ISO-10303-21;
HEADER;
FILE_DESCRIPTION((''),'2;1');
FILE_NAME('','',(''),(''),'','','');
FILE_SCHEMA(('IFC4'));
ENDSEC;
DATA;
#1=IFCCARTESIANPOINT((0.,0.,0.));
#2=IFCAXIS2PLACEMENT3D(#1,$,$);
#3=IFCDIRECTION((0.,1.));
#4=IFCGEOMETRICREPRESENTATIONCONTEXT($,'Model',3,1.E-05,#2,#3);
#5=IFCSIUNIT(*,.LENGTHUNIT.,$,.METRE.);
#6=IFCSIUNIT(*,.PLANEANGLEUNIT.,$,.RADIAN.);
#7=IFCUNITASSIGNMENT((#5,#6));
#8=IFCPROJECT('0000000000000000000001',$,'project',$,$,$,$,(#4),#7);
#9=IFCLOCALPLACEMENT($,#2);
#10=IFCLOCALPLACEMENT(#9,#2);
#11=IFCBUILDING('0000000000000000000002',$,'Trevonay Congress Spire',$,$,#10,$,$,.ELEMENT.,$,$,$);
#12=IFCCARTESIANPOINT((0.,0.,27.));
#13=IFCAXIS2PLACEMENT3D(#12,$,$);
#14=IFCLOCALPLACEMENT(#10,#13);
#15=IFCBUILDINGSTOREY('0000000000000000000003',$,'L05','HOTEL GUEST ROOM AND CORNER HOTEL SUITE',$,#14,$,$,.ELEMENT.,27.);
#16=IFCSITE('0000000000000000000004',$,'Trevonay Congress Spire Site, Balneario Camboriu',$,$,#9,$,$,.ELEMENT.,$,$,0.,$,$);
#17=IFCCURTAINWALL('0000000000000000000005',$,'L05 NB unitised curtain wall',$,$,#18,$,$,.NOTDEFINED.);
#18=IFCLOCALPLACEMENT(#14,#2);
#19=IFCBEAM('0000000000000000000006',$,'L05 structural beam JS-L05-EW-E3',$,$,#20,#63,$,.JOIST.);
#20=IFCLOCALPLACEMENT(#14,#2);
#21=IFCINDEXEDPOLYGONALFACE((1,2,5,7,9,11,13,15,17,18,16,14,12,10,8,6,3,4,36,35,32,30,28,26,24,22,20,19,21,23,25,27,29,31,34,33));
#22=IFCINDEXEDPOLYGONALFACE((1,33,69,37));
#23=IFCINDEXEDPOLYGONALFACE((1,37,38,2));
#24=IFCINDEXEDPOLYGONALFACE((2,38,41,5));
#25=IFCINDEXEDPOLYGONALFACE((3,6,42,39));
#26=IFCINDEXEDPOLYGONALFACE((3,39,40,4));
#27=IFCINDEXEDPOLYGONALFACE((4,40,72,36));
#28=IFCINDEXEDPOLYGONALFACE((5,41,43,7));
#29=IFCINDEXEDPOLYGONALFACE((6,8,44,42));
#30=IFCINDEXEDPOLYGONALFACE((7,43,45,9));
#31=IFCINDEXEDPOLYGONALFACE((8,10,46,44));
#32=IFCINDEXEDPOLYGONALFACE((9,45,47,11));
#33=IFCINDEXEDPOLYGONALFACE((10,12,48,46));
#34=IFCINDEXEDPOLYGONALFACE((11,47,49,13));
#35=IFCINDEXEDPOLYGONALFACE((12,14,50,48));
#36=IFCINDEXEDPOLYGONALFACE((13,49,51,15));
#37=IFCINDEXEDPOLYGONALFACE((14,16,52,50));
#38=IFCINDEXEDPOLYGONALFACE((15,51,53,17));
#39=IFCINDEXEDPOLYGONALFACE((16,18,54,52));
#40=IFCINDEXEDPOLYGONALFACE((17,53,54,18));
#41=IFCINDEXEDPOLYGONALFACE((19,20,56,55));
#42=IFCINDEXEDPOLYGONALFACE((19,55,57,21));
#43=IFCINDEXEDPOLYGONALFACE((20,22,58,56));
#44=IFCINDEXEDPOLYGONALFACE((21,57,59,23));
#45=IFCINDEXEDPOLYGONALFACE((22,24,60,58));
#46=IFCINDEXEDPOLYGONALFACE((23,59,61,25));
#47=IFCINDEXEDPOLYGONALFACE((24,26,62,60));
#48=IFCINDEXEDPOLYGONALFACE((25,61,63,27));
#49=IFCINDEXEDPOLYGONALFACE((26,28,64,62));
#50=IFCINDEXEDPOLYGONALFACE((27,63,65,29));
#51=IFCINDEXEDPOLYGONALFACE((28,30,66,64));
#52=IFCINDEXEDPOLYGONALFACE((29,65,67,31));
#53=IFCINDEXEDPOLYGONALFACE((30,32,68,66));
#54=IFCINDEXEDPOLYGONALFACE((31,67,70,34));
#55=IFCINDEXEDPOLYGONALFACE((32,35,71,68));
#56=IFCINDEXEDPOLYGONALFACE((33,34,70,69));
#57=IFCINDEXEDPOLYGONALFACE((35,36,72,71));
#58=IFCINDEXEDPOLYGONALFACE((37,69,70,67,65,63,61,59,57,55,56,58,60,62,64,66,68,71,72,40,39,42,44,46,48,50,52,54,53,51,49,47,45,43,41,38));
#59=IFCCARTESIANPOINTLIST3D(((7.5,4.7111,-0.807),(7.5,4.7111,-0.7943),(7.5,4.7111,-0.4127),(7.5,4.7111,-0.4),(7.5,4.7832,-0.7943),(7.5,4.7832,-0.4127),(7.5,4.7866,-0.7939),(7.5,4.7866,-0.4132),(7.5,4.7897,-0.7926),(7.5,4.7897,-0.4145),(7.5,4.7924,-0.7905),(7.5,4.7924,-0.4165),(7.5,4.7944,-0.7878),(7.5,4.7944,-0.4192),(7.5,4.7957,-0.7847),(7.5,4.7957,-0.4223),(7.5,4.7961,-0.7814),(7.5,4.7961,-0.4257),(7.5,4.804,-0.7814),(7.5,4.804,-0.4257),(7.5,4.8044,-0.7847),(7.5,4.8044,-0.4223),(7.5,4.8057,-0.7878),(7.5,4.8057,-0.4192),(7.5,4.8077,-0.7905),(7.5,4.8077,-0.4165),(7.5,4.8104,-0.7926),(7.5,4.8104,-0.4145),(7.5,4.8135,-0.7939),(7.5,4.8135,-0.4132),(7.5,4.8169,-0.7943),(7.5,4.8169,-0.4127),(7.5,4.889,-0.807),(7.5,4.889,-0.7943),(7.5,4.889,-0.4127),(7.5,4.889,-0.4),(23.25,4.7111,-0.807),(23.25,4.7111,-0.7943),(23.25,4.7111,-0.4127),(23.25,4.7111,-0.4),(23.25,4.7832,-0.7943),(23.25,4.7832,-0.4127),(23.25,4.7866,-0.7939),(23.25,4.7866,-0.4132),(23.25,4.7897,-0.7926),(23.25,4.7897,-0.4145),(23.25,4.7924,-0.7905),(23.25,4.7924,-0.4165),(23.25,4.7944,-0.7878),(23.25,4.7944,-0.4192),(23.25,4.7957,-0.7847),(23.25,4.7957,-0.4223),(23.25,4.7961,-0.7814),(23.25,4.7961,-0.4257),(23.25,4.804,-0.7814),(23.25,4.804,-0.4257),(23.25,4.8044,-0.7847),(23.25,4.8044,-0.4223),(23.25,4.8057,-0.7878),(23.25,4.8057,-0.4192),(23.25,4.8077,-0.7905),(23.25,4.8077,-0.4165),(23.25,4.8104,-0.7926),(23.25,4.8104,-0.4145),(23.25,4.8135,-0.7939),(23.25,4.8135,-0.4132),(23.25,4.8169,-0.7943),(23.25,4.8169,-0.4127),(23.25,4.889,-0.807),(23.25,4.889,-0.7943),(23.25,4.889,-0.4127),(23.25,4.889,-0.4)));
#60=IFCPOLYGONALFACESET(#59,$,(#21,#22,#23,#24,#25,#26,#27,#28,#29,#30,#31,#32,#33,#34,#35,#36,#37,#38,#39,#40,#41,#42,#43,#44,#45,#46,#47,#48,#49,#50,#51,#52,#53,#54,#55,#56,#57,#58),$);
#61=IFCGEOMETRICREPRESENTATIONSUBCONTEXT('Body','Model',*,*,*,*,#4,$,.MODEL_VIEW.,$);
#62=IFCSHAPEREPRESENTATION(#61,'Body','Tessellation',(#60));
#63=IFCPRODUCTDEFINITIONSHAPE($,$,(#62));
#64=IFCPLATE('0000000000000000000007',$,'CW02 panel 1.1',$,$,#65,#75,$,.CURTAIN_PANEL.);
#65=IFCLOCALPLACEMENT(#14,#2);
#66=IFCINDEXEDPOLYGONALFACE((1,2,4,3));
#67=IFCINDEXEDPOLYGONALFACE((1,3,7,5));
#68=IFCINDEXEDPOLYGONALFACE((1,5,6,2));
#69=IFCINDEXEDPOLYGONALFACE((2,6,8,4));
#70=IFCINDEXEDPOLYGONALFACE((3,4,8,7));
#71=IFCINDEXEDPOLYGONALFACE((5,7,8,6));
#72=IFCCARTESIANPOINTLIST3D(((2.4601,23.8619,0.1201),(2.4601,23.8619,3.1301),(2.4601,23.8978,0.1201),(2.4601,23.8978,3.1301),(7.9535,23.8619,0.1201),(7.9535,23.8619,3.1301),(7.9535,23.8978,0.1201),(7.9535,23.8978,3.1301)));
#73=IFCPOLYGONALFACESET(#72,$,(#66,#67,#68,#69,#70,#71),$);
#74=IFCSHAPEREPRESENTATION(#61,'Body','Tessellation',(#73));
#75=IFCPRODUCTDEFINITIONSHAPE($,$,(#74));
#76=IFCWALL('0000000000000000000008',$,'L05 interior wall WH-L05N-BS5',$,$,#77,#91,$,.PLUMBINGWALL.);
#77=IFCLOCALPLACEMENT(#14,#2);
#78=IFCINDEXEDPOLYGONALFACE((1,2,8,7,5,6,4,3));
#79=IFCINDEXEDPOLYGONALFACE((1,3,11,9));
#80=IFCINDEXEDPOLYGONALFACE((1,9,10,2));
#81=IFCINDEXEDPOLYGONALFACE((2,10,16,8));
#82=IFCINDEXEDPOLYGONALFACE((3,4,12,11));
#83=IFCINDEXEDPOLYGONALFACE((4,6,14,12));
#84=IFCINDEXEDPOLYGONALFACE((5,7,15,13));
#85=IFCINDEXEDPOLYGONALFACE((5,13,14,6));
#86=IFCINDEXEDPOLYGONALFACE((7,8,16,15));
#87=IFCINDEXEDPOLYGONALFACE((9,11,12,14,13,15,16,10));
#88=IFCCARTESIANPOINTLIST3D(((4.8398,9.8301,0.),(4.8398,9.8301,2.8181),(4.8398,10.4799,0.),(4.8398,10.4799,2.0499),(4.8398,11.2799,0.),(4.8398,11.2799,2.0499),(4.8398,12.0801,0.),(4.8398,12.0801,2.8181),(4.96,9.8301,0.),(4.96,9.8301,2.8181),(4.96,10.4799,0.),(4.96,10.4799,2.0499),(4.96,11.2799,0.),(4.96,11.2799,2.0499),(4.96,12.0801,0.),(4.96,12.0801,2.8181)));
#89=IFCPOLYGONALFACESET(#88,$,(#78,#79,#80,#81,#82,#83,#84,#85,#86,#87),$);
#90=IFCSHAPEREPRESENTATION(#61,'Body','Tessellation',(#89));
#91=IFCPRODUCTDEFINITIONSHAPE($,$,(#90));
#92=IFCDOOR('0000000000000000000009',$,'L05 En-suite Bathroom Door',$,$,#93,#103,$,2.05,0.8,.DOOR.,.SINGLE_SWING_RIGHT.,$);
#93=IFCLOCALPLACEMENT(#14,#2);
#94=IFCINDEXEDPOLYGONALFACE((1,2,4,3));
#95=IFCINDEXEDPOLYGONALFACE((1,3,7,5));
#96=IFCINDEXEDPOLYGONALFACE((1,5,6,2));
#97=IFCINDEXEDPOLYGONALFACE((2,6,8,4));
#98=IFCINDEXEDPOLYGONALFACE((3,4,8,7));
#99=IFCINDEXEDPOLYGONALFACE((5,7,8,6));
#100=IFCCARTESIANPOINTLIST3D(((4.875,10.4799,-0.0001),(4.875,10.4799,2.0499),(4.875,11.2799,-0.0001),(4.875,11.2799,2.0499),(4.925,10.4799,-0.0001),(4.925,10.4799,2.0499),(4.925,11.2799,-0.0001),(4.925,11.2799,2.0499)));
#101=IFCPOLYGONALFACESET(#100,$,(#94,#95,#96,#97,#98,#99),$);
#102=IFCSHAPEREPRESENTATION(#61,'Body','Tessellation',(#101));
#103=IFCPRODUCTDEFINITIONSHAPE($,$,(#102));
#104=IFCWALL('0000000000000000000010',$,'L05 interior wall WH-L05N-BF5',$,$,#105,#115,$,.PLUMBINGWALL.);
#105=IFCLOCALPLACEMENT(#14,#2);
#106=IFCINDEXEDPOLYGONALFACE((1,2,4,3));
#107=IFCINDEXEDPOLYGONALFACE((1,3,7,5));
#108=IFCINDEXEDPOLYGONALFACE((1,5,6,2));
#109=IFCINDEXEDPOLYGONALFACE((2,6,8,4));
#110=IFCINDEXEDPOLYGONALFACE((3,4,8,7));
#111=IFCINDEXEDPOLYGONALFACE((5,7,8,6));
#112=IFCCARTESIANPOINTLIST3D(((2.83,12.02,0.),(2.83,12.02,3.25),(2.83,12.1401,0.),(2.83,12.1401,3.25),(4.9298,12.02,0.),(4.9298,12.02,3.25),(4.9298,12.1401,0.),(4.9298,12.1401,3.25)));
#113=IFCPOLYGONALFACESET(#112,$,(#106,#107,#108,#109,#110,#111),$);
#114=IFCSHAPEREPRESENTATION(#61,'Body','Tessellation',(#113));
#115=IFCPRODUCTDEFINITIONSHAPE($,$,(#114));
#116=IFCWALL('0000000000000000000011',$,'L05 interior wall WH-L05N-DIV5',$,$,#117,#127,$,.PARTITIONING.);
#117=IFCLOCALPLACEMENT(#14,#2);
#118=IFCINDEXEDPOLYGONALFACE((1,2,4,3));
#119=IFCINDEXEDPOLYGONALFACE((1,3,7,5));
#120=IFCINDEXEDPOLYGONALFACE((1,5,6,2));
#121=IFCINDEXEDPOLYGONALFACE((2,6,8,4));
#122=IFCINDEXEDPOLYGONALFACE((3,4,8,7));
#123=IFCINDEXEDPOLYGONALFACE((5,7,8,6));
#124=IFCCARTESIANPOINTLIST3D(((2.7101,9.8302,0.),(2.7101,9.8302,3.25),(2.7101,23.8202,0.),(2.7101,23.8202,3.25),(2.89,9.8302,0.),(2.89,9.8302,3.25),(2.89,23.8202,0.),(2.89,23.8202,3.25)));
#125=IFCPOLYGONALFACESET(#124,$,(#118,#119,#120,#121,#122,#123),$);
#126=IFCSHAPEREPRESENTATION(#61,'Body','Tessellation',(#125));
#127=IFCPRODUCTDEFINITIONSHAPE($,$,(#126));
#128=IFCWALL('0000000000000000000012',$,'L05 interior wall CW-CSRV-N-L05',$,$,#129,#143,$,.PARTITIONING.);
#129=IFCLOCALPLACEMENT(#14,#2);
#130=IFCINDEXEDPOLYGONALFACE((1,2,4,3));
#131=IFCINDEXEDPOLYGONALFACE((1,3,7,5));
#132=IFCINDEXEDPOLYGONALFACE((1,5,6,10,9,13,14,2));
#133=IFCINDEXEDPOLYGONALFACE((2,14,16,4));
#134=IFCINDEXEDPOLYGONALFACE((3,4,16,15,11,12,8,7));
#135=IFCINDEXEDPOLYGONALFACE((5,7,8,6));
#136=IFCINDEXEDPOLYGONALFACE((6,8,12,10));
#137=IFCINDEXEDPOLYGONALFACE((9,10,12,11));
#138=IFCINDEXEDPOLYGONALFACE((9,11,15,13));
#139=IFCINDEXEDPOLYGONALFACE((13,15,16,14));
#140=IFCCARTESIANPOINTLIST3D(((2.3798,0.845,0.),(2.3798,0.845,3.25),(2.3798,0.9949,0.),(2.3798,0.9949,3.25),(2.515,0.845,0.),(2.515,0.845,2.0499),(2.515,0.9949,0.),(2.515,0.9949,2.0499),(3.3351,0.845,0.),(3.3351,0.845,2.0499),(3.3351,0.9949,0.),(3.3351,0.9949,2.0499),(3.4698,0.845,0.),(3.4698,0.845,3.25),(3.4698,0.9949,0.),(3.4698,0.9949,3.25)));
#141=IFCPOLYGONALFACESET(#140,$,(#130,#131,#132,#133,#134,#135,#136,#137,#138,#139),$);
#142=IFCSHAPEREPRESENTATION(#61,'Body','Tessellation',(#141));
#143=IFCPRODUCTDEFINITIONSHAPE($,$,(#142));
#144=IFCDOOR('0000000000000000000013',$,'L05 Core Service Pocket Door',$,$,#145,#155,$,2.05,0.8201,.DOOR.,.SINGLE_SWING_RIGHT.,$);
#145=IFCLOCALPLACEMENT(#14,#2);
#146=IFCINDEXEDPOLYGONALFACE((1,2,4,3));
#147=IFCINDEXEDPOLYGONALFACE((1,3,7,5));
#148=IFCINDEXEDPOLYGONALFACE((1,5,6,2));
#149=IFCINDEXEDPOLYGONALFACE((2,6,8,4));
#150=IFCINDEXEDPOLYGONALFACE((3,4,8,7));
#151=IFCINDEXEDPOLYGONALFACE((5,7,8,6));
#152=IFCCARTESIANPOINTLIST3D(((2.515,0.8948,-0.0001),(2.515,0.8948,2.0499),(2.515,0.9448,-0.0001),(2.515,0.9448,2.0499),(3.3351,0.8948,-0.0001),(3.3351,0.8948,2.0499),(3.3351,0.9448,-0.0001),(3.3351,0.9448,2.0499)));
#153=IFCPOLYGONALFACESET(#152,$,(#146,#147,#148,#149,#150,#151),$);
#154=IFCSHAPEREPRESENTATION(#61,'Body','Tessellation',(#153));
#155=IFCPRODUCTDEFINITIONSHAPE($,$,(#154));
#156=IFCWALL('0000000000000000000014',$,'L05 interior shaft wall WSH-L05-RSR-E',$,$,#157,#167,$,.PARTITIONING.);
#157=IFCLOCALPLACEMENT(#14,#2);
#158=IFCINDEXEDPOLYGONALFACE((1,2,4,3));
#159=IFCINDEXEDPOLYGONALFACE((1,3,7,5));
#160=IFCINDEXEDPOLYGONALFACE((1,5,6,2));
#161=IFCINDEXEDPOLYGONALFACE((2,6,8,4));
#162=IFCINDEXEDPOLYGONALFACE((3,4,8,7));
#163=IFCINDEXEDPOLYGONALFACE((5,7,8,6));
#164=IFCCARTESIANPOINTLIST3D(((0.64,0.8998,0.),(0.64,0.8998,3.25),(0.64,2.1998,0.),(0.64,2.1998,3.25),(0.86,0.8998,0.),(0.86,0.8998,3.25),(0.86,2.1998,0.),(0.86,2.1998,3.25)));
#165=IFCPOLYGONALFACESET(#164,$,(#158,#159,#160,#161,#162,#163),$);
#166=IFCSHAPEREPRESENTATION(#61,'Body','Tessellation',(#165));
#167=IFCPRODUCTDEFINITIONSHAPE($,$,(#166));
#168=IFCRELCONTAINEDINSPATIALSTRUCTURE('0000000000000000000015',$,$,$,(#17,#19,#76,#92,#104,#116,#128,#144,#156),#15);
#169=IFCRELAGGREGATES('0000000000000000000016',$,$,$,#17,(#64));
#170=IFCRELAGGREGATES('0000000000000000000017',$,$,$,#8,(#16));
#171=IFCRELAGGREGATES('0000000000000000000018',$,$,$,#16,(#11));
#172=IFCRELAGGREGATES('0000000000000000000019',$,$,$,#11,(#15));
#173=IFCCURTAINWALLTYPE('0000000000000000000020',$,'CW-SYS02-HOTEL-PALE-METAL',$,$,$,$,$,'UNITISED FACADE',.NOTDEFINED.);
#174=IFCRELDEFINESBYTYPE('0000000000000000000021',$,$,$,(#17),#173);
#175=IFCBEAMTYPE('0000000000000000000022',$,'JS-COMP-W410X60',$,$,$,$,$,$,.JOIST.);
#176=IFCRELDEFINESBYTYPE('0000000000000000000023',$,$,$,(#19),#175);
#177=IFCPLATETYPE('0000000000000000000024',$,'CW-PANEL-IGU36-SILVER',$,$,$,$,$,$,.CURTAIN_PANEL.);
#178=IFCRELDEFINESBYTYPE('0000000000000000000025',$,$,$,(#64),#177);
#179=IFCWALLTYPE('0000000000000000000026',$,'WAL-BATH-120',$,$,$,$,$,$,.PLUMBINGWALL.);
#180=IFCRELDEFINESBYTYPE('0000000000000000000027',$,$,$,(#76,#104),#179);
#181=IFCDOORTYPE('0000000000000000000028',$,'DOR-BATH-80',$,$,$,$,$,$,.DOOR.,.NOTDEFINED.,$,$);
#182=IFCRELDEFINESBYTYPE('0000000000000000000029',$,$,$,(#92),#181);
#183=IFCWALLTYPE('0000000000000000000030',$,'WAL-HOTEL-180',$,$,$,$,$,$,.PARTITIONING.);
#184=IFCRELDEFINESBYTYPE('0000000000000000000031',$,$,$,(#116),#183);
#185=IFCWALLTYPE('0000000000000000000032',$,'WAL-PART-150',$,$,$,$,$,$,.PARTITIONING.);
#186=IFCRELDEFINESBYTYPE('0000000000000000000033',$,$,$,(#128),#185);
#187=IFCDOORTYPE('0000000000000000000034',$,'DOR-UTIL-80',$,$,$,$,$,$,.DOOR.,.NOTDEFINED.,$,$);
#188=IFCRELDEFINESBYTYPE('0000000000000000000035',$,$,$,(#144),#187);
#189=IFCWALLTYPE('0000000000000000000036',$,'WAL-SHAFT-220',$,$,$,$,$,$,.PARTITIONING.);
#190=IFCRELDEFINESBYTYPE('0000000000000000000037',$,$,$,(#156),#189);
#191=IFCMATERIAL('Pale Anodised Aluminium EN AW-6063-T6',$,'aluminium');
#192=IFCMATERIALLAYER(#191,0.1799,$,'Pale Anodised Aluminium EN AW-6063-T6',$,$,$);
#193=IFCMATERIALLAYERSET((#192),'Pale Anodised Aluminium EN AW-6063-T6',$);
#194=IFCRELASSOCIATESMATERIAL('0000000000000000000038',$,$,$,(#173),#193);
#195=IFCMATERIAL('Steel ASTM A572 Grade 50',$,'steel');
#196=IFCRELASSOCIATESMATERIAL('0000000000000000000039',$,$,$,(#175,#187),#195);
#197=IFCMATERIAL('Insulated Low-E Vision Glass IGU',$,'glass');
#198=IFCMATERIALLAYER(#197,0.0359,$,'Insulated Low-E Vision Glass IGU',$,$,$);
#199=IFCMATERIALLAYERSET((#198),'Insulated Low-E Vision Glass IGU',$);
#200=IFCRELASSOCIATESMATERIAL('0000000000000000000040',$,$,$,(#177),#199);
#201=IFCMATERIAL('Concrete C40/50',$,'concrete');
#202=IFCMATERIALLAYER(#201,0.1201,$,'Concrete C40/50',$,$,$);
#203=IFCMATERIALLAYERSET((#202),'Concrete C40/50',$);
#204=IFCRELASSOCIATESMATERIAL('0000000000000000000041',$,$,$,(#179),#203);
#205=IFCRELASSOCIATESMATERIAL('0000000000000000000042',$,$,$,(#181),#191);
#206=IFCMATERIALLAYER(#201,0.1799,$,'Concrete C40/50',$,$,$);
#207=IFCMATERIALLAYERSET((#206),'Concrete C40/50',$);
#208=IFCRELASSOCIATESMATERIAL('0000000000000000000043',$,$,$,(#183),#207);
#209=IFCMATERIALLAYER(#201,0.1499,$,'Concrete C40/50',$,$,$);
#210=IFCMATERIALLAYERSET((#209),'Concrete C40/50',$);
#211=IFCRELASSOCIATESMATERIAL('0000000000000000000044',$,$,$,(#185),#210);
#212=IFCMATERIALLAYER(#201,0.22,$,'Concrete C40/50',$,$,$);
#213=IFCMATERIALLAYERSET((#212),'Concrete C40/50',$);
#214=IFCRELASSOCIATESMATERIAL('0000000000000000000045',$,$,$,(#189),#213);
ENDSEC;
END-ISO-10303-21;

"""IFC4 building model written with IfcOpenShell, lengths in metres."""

from ifc_helpers import new_model, si_unit, direction, frame, frame_2d, origin, origin_2d, place, context, subcontext, project, spatial, rectangle, i_section, extrude, material, layer, layer_set, material_profile, profile_set, type_object, element, fill, aggregate, save


model = new_model("IFC4")

# Units and contexts
model_context = context("Model", 3, precision=1e-05, world=origin(), true_north=direction((0.0, 1.0)))
body_context = subcontext(model_context, "Body", "Model", "MODEL_VIEW")
ifc_project = project(units=[si_unit("LENGTHUNIT", "METRE"), si_unit("PLANEANGLEUNIT", "RADIAN")], contexts=[model_context])

# Site, building, storey
site_placement = place(None, origin())
site = spatial("IfcSite", under=ifc_project, at=site_placement, Name="Trevonay Congress Spire Site, Balneario Camboriu", CompositionType="ELEMENT", RefElevation=0.0)
building_placement = place(site_placement, origin())
building = spatial("IfcBuilding", under=site, at=building_placement, Name="Trevonay Congress Spire", CompositionType="ELEMENT")
storey_placement = place(building_placement, frame((0.0, 0.0, 27.0)))
storey = spatial("IfcBuildingStorey", under=building, at=storey_placement, Name="L05", Description="HOTEL GUEST ROOM AND CORNER HOTEL SUITE", CompositionType="ELEMENT", Elevation=27.0)

# Shared definitions
ifc_material_1 = material(Name="Steel ASTM A572 Grade 50", Category="steel")

# Curtain wall
ifc_material_2 = material(Name="Pale Anodised Aluminium EN AW-6063-T6", Category="aluminium")
ifc_layer_1 = layer(ifc_material_2, 0.1799, Name="Pale Anodised Aluminium EN AW-6063-T6")
ifc_layer_set_1 = layer_set([ifc_layer_1], Name="Pale Anodised Aluminium EN AW-6063-T6")
curtain_wall_type = type_object("IfcCurtainWallType", Name="CW-SYS02-HOTEL-PALE-METAL", ElementType="UNITISED FACADE", PredefinedType="NOTDEFINED", material=ifc_layer_set_1)
curtain_wall_placement = place(storey_placement, origin())
curtain_wall = element("IfcCurtainWall", 1, at=curtain_wall_placement, inside=storey, type_object=curtain_wall_type, Name="L05 NB unitised curtain wall", PredefinedType="NOTDEFINED")

# Beam
ifc_material_profile_1 = material_profile(ifc_material_1, i_section(OverallWidth=0.178, OverallDepth=0.407, WebThickness=0.0078, FlangeThickness=0.0127, FilletRadius=0.0129, at=origin_2d()), Name="W410x60")
ifc_profile_set_1 = profile_set([ifc_material_profile_1], Name="Steel ASTM A572 Grade 50")
beam_type_1 = type_object("IfcBeamType", Name="JS-COMP-W410X60", PredefinedType="JOIST", material=ifc_profile_set_1)
for number, where, z_axis, x_axis, name in (
    (2, (7.5, 4.8, -0.6035), (1.0, 0.0, 0.0), (0.0, 1.0, 0.0), "L05 structural beam JS-L05-EW-E3"),
):
    element("IfcBeam", number, at=place(storey_placement, frame(where, z_axis=z_axis, x_axis=x_axis)), inside=storey, type_object=beam_type_1, Name=name, PredefinedType="JOIST", context=body_context, shape_type="SweptSolid", body=[
        extrude(i_section(OverallWidth=0.178, OverallDepth=0.407, WebThickness=0.0078, FlangeThickness=0.0127, FilletRadius=0.0129, at=origin_2d()), origin(), (0.0, 0.0, 1.0), 15.75),
    ])

# Plate
ifc_material_3 = material(Name="Insulated Low-E Vision Glass IGU", Category="glass")
ifc_layer_2 = layer(ifc_material_3, 0.0359, Name="Insulated Low-E Vision Glass IGU")
ifc_layer_set_2 = layer_set([ifc_layer_2], Name="Insulated Low-E Vision Glass IGU")
plate_type = type_object("IfcPlateType", Name="CW-PANEL-IGU36-SILVER", PredefinedType="CURTAIN_PANEL", material=ifc_layer_set_2)
plate_placement = place(storey_placement, frame((5.2068, 23.8799, 0.1201), z_axis=(0.0, 0.0, 1.0), x_axis=(1.0, 0.0, 0.0)))
plate = element("IfcPlate", 3, at=plate_placement, type_object=plate_type, Name="CW02 panel 1.1", PredefinedType="CURTAIN_PANEL", context=body_context, shape_type="SweptSolid", body=[
    extrude(rectangle(XDim=5.4934, YDim=0.0359, at=origin_2d()), origin(), (0.0, 0.0, 1.0), 3.01),
])
aggregate(curtain_wall, [plate])

# Wall, opening, door
ifc_material_4 = material(Name="Concrete C40/50", Category="concrete")
ifc_layer_3 = layer(ifc_material_4, 0.1201, Name="Concrete C40/50")
ifc_layer_set_3 = layer_set([ifc_layer_3], Name="Concrete C40/50")
wall_type_1 = type_object("IfcWallType", Name="WAL-BATH-120", PredefinedType="PLUMBINGWALL", material=ifc_layer_set_3)
wall_1_placement = place(storey_placement, frame((4.8999, 9.8301, 0.0), z_axis=(0.0, 0.0, 1.0), x_axis=(0.0, 1.0, 0.0)))
wall_1 = element("IfcWall", 4, at=wall_1_placement, inside=storey, type_object=wall_type_1, Name="L05 interior wall WH-L05N-BS5", PredefinedType="PLUMBINGWALL", context=body_context, shape_type="SweptSolid", body=[
    extrude(rectangle(XDim=2.25, YDim=0.1201, at=frame_2d((1.125, 0.0))), origin(), (0.0, 0.0, 1.0), 2.8181),
])
opening_1_placement = place(wall_1_placement, frame((0.6499, 0.0, 0.0)))
opening_1 = element("IfcOpeningElement", 5, at=opening_1_placement, cuts=wall_1, PredefinedType="OPENING", context=body_context, shape_type="SweptSolid", body=[
    extrude(rectangle(XDim=0.8, YDim=2.05, at=frame_2d((0.3999, 1.0249))), frame((0.0, 0.0701, 0.0), z_axis=(0.0, -1.0, 0.0), x_axis=(1.0, 0.0, 0.0)), (0.0, 0.0, 1.0), 0.1401),
])
door_type_1 = type_object("IfcDoorType", Name="DOR-BATH-80", OperationType="NOTDEFINED", PredefinedType="DOOR", material=ifc_material_2)
door_1_placement = place(opening_1_placement, origin())
door_1 = element("IfcDoor", 6, at=door_1_placement, inside=storey, type_object=door_type_1, Name="L05 En-suite Bathroom Door", OperationType="SINGLE_SWING_RIGHT", OverallHeight=2.05, OverallWidth=0.8, PredefinedType="DOOR", context=body_context, shape_type="SweptSolid", body=[
    extrude(rectangle(XDim=0.8, YDim=2.05, at=frame_2d((0.3999, 1.0249))), frame((0.0, 0.0249, 0.0), z_axis=(0.0, -1.0, 0.0), x_axis=(1.0, 0.0, 0.0)), (0.0, 0.0, 1.0), 0.05),
])
fill(opening_1, door_1)

# Walls
wall_2_placement = place(storey_placement, frame((2.8301, 12.0801, 0.0), z_axis=(0.0, 0.0, 1.0), x_axis=(1.0, 0.0, 0.0)))
element("IfcWall", 7, at=wall_2_placement, inside=storey, type_object=wall_type_1, Name="L05 interior wall WH-L05N-BF5", PredefinedType="PLUMBINGWALL", context=body_context, shape_type="SweptSolid", body=[
    extrude(rectangle(XDim=2.0999, YDim=0.1201, at=frame_2d((1.0498, 0.0))), origin(), (0.0, 0.0, 1.0), 3.25),
])
ifc_layer_4 = layer(ifc_material_4, 0.1799, Name="Concrete C40/50")
ifc_layer_set_4 = layer_set([ifc_layer_4], Name="Concrete C40/50")
wall_type_2 = type_object("IfcWallType", Name="WAL-HOTEL-180", PredefinedType="PARTITIONING", material=ifc_layer_set_4)
wall_3_placement = place(storey_placement, frame((2.8, 9.8301, 0.0), z_axis=(0.0, 0.0, 1.0), x_axis=(0.0, 1.0, 0.0)))
element("IfcWall", 8, at=wall_3_placement, inside=storey, type_object=wall_type_2, Name="L05 interior wall WH-L05N-DIV5", PredefinedType="PARTITIONING", context=body_context, shape_type="SweptSolid", body=[
    extrude(rectangle(XDim=13.99, YDim=0.1799, at=frame_2d((6.9951, 0.0))), origin(), (0.0, 0.0, 1.0), 3.25),
])

# Wall, opening, door
ifc_layer_5 = layer(ifc_material_4, 0.1499, Name="Concrete C40/50")
ifc_layer_set_5 = layer_set([ifc_layer_5], Name="Concrete C40/50")
wall_type_3 = type_object("IfcWallType", Name="WAL-PART-150", PredefinedType="PARTITIONING", material=ifc_layer_set_5)
wall_4_placement = place(storey_placement, frame((2.3799, 0.9199, 0.0), z_axis=(0.0, 0.0, 1.0), x_axis=(1.0, 0.0, 0.0)))
wall_4 = element("IfcWall", 9, at=wall_4_placement, inside=storey, type_object=wall_type_3, Name="L05 interior wall CW-CSRV-N-L05", PredefinedType="PARTITIONING", context=body_context, shape_type="SweptSolid", body=[
    extrude(rectangle(XDim=1.0901, YDim=0.1499, at=frame_2d((0.5449, 0.0))), origin(), (0.0, 0.0, 1.0), 3.25),
])
opening_2_placement = place(wall_4_placement, frame((0.135, 0.0, 0.0)))
opening_2 = element("IfcOpeningElement", 10, at=opening_2_placement, cuts=wall_4, PredefinedType="OPENING", context=body_context, shape_type="SweptSolid", body=[
    extrude(rectangle(XDim=0.8201, YDim=2.05, at=frame_2d((0.4102, 1.0249))), frame((0.0, 0.085, 0.0), z_axis=(0.0, -1.0, 0.0), x_axis=(1.0, 0.0, 0.0)), (0.0, 0.0, 1.0), 0.1699),
])
door_type_2 = type_object("IfcDoorType", Name="DOR-UTIL-80", OperationType="NOTDEFINED", PredefinedType="DOOR", material=ifc_material_1)
door_2_placement = place(opening_2_placement, origin())
door_2 = element("IfcDoor", 11, at=door_2_placement, inside=storey, type_object=door_type_2, Name="L05 Core Service Pocket Door", OperationType="SINGLE_SWING_RIGHT", OverallHeight=2.05, OverallWidth=0.8201, PredefinedType="DOOR", context=body_context, shape_type="SweptSolid", body=[
    extrude(rectangle(XDim=0.8201, YDim=2.05, at=frame_2d((0.4102, 1.0249))), frame((0.0, 0.0249, 0.0), z_axis=(0.0, -1.0, 0.0), x_axis=(1.0, 0.0, 0.0)), (0.0, 0.0, 1.0), 0.05),
])
fill(opening_2, door_2)

# Wall
ifc_layer_6 = layer(ifc_material_4, 0.22, Name="Concrete C40/50")
ifc_layer_set_6 = layer_set([ifc_layer_6], Name="Concrete C40/50")
wall_type_4 = type_object("IfcWallType", Name="WAL-SHAFT-220", PredefinedType="PARTITIONING", material=ifc_layer_set_6)
wall_5_placement = place(storey_placement, frame((0.75, 0.8999, 0.0), z_axis=(0.0, 0.0, 1.0), x_axis=(0.0, 1.0, 0.0)))
element("IfcWall", 12, at=wall_5_placement, inside=storey, type_object=wall_type_4, Name="L05 interior shaft wall WSH-L05-RSR-E", PredefinedType="PARTITIONING", context=body_context, shape_type="SweptSolid", body=[
    extrude(rectangle(XDim=1.3, YDim=0.22, at=frame_2d((0.6499, 0.0))), origin(), (0.0, 0.0, 1.0), 3.25),
])

save(model, "model.ifc")
